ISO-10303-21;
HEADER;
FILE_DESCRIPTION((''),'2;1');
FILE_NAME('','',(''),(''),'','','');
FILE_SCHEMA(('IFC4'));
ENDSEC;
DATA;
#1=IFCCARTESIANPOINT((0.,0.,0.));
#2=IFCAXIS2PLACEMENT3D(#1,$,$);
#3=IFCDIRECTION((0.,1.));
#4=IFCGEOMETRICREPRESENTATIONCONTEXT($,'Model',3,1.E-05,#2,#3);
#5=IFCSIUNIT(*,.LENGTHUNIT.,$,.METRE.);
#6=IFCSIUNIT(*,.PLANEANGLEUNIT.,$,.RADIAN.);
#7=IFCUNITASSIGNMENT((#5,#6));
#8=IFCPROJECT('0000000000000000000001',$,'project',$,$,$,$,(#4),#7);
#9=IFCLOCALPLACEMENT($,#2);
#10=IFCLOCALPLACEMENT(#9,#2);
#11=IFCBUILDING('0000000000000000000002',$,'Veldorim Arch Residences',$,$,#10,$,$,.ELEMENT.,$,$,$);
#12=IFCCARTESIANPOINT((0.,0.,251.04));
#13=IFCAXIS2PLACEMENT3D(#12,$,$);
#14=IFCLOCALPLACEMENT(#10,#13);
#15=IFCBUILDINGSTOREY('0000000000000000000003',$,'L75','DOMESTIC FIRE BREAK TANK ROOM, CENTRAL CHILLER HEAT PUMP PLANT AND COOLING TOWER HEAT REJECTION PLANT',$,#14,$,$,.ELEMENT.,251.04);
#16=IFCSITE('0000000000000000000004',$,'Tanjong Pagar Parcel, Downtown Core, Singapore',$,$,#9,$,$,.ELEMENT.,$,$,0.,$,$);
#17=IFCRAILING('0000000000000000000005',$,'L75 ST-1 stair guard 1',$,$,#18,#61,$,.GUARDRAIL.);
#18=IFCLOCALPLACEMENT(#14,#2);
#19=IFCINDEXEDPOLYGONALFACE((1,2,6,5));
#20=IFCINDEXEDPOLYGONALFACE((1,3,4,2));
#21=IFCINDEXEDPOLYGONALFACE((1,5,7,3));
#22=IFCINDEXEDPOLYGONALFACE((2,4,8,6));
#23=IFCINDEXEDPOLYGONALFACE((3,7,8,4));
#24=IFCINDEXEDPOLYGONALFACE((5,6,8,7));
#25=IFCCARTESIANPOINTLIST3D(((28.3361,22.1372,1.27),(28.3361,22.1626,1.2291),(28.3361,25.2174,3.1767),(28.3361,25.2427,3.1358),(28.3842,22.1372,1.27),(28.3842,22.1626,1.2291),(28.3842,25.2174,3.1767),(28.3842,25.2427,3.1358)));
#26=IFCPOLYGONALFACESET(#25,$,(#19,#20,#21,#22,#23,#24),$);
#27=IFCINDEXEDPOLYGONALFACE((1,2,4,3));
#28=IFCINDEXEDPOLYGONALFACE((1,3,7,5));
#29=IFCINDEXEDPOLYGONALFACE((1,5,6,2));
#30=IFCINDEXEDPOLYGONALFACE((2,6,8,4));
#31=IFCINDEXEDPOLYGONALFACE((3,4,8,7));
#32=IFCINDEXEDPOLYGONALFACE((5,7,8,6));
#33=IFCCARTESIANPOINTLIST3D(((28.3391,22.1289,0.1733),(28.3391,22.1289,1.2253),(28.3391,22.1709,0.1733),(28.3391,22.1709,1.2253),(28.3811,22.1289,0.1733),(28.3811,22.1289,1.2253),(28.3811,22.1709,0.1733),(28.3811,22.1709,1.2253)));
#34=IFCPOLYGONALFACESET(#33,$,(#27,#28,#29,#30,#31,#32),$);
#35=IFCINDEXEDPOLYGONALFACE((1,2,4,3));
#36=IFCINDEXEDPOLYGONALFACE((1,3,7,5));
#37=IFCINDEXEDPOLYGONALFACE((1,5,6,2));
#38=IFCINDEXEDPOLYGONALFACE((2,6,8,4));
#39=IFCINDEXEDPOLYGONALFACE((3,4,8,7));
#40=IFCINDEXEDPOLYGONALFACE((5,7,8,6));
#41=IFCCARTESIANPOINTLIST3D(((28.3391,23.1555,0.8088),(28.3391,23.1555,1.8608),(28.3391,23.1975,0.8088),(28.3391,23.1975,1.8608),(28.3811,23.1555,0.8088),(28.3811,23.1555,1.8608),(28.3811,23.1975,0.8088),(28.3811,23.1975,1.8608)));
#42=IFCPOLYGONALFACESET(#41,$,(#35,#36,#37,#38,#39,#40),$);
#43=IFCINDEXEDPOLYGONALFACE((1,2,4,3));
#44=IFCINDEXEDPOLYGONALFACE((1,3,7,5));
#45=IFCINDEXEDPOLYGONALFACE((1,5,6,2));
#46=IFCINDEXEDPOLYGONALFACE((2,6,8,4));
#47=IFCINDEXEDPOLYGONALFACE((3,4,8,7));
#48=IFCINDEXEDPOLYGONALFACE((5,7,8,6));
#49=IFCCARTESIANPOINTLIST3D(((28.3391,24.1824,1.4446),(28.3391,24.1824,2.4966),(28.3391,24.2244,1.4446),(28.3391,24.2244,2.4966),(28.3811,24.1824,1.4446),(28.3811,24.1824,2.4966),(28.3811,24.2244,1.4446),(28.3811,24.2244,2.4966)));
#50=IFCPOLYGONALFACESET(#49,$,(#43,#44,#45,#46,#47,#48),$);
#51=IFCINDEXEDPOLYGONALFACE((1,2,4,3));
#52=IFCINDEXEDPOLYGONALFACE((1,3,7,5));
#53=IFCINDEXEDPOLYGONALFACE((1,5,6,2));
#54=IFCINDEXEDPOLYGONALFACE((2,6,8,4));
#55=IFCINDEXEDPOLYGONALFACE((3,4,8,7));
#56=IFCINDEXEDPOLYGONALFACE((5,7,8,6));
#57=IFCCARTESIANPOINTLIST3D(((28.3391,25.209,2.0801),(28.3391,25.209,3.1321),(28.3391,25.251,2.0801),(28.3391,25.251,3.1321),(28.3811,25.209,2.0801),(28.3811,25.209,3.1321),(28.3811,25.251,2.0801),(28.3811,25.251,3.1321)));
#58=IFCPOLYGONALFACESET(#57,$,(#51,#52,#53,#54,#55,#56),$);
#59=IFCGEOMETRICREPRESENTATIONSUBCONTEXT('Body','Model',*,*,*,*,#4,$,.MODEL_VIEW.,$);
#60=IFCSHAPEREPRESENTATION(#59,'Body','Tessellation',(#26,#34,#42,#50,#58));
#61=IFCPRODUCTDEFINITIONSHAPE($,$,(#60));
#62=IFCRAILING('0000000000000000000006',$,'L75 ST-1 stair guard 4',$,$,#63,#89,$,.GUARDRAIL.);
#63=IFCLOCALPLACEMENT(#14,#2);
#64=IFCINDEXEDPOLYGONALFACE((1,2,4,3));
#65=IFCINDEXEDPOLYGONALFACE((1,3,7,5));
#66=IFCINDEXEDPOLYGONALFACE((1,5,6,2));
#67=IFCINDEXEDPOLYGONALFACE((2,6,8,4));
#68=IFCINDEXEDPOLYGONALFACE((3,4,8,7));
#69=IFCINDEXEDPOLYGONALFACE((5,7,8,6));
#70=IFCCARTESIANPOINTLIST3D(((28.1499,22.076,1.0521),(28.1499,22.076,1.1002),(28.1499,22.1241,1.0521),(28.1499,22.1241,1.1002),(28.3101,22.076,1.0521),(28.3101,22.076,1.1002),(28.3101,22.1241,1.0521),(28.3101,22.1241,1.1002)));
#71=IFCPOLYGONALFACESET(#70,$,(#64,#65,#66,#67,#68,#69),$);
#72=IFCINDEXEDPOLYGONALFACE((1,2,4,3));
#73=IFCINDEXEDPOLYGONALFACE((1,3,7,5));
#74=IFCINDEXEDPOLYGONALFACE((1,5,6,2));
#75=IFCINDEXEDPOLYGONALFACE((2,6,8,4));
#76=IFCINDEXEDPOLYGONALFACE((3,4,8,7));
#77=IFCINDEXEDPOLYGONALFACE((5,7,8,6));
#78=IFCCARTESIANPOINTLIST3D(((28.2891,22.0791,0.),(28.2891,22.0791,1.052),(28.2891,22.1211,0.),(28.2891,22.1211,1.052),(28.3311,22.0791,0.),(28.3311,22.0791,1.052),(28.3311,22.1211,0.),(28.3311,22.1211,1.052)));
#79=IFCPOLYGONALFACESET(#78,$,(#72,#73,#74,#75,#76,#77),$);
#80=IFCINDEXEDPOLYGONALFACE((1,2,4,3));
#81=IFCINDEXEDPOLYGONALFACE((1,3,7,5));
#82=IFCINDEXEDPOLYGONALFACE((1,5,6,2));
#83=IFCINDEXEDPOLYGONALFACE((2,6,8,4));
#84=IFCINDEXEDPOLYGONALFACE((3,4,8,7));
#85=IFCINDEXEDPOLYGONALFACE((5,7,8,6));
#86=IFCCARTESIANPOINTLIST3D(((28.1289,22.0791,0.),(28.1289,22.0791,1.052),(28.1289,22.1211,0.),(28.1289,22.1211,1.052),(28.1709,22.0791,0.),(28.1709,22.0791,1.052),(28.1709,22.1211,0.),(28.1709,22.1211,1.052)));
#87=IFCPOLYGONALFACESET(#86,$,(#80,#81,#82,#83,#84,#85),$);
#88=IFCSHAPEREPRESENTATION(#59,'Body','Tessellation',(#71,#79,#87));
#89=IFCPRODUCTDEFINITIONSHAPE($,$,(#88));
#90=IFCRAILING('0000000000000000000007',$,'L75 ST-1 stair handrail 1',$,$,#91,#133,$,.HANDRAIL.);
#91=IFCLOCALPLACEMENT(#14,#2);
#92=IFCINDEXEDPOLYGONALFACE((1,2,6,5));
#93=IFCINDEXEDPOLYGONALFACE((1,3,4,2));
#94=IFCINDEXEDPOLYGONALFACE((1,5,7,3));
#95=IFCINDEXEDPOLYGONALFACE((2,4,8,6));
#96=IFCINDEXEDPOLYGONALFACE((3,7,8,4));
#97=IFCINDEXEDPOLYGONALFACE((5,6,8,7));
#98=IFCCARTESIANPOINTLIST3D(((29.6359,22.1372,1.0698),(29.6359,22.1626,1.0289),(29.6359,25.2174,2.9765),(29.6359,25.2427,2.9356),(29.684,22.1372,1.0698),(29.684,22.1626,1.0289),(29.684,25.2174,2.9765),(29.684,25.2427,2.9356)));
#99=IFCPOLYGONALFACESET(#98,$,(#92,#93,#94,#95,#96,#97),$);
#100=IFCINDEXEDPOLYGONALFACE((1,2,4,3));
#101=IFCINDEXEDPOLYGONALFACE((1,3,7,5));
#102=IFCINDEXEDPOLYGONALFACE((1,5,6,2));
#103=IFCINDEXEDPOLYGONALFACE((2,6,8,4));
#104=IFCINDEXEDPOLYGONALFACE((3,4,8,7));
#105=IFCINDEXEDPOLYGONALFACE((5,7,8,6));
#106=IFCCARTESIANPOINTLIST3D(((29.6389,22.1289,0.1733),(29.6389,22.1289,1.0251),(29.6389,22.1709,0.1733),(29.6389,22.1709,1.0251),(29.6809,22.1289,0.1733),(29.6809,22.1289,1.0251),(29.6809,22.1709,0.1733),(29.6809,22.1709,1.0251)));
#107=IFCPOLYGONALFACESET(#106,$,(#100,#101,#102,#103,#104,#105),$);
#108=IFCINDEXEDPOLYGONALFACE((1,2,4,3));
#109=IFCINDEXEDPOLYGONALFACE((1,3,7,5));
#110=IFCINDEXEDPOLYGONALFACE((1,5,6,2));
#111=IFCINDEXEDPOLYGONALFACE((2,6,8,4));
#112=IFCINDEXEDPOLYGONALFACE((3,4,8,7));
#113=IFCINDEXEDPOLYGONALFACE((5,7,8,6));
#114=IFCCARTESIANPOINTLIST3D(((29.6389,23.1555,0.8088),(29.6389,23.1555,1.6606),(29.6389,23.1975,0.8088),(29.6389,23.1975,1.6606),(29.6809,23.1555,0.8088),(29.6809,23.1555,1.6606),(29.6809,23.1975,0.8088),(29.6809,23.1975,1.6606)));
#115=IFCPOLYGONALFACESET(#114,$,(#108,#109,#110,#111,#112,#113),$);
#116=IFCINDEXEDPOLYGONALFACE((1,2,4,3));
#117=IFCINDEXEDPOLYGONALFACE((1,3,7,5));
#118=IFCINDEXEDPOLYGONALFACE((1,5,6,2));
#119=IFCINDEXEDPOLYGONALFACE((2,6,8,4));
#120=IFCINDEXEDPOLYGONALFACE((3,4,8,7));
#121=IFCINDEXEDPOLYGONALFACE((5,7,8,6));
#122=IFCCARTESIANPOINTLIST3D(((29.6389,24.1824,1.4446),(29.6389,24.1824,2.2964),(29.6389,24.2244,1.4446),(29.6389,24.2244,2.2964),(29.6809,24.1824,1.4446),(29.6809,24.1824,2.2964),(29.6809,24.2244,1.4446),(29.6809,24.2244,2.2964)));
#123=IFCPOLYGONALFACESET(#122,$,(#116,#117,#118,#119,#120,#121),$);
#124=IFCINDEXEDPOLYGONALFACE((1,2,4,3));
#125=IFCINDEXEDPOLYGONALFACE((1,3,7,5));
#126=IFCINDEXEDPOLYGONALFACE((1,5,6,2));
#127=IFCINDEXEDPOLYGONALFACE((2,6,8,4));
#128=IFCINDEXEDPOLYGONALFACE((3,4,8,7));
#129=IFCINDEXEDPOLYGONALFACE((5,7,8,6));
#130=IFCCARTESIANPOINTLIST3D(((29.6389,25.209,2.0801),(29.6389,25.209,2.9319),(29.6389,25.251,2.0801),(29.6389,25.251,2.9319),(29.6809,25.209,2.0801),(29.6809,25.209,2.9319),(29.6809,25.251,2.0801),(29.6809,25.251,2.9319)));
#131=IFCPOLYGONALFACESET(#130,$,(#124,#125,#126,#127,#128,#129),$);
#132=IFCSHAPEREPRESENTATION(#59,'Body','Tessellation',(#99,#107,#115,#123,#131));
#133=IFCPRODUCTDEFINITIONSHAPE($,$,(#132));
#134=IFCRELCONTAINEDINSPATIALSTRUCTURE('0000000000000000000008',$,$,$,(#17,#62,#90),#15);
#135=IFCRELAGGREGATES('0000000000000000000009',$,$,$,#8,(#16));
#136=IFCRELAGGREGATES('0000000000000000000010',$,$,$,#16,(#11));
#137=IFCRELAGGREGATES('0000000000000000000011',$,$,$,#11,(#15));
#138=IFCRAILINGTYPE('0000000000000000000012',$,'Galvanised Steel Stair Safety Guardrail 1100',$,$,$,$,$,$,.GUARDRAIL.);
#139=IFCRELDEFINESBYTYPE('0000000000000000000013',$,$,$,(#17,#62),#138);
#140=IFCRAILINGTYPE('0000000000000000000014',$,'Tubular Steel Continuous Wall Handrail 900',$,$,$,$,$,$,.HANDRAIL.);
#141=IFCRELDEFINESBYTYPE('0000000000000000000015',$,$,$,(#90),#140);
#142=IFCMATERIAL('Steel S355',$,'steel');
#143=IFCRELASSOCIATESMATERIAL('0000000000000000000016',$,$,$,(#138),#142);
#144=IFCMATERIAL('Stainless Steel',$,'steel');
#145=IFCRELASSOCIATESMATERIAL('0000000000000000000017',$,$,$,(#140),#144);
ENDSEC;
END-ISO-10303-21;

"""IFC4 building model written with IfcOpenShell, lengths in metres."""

from ifc_helpers import new_model, si_unit, direction, frame, origin, origin_2d, place, context, subcontext, project, spatial, rectangle, extrude, material, type_object, element, save


model = new_model("IFC4")

# Units and contexts
model_context = context("Model", 3, precision=1e-05, world=origin(), true_north=direction((0.0, 1.0)))
body_context = subcontext(model_context, "Body", "Model", "MODEL_VIEW")
ifc_project = project(units=[si_unit("LENGTHUNIT", "METRE"), si_unit("PLANEANGLEUNIT", "RADIAN")], contexts=[model_context])

# Site, building, storey
site_placement = place(None, origin())
site = spatial("IfcSite", under=ifc_project, at=site_placement, Name="Tanjong Pagar Parcel, Downtown Core, Singapore", CompositionType="ELEMENT", RefElevation=0.0)
building_placement = place(site_placement, origin())
building = spatial("IfcBuilding", under=site, at=building_placement, Name="Veldorim Arch Residences", CompositionType="ELEMENT")
storey_placement = place(building_placement, frame((0.0, 0.0, 251.04)))
storey = spatial("IfcBuildingStorey", under=building, at=storey_placement, Name="L75", Description="DOMESTIC FIRE BREAK TANK ROOM, CENTRAL CHILLER HEAT PUMP PLANT AND COOLING TOWER HEAT REJECTION PLANT", CompositionType="ELEMENT", Elevation=251.04)

# Railings
ifc_material_1 = material(Name="Steel S355", Category="steel")
railing_type_1 = type_object("IfcRailingType", Name="Galvanised Steel Stair Safety Guardrail 1100", PredefinedType="GUARDRAIL", material=ifc_material_1)
railing_1_placement = place(storey_placement, frame((28.3601, 22.1499, 0.1733)))
element("IfcRailing", 1, at=railing_1_placement, inside=storey, type_object=railing_type_1, Name="L75 ST-1 stair guard 1", PredefinedType="GUARDRAIL", context=body_context, shape_type="SweptSolid", body=[
    extrude(rectangle(XDim=0.0481, YDim=0.0481, at=origin_2d()), frame((0.0, 0.0, 1.0762), z_axis=(0.0, 0.850262, 0.526359), x_axis=(-1.0, 0.0, 0.0)), (0.0, 0.0, 1.0), 3.6226),
    extrude(rectangle(XDim=0.042, YDim=0.042, at=origin_2d()), origin(), (0.0, 0.0, 1.0), 1.052),
    extrude(rectangle(XDim=0.042, YDim=0.042, at=origin_2d()), frame((0.0, 1.0266, 0.6355)), (0.0, 0.0, 1.0), 1.052),
    extrude(rectangle(XDim=0.042, YDim=0.042, at=origin_2d()), frame((0.0, 2.0535, 1.2712)), (0.0, 0.0, 1.0), 1.052),
    extrude(rectangle(XDim=0.042, YDim=0.042, at=origin_2d()), frame((0.0, 3.0801, 1.9067)), (0.0, 0.0, 1.0), 1.052),
])
railing_2_placement = place(storey_placement, frame((28.3101, 22.1001, 0.0)))
element("IfcRailing", 2, at=railing_2_placement, inside=storey, type_object=railing_type_1, Name="L75 ST-1 stair guard 4", PredefinedType="GUARDRAIL", context=body_context, shape_type="SweptSolid", body=[
    extrude(rectangle(XDim=0.0481, YDim=0.0481, at=origin_2d()), frame((0.0, 0.0, 1.0762), z_axis=(-1.0, 0.0, 0.0), x_axis=(0.0, -1.0, 0.0)), (0.0, 0.0, 1.0), 0.1602),
    extrude(rectangle(XDim=0.042, YDim=0.042, at=origin_2d()), origin(), (0.0, 0.0, 1.0), 1.052),
    extrude(rectangle(XDim=0.042, YDim=0.042, at=origin_2d()), frame((-0.1602, 0.0, 0.0)), (0.0, 0.0, 1.0), 1.052),
])
ifc_material_2 = material(Name="Stainless Steel", Category="steel")
railing_type_2 = type_object("IfcRailingType", Name="Tubular Steel Continuous Wall Handrail 900", PredefinedType="HANDRAIL", material=ifc_material_2)
railing_3_placement = place(storey_placement, frame((29.6599, 22.1499, 0.1733)))
element("IfcRailing", 3, at=railing_3_placement, inside=storey, type_object=railing_type_2, Name="L75 ST-1 stair handrail 1", PredefinedType="HANDRAIL", context=body_context, shape_type="SweptSolid", body=[
    extrude(rectangle(XDim=0.0481, YDim=0.0481, at=origin_2d()), frame((0.0, 0.0, 0.876), z_axis=(0.0, 0.850262, 0.526359), x_axis=(-1.0, 0.0, 0.0)), (0.0, 0.0, 1.0), 3.6226),
    extrude(rectangle(XDim=0.042, YDim=0.042, at=origin_2d()), origin(), (0.0, 0.0, 1.0), 0.8518),
    extrude(rectangle(XDim=0.042, YDim=0.042, at=origin_2d()), frame((0.0, 1.0266, 0.6355)), (0.0, 0.0, 1.0), 0.8518),
    extrude(rectangle(XDim=0.042, YDim=0.042, at=origin_2d()), frame((0.0, 2.0535, 1.2712)), (0.0, 0.0, 1.0), 0.8518),
    extrude(rectangle(XDim=0.042, YDim=0.042, at=origin_2d()), frame((0.0, 3.0801, 1.9067)), (0.0, 0.0, 1.0), 0.8518),
])

save(model, "model.ifc")
